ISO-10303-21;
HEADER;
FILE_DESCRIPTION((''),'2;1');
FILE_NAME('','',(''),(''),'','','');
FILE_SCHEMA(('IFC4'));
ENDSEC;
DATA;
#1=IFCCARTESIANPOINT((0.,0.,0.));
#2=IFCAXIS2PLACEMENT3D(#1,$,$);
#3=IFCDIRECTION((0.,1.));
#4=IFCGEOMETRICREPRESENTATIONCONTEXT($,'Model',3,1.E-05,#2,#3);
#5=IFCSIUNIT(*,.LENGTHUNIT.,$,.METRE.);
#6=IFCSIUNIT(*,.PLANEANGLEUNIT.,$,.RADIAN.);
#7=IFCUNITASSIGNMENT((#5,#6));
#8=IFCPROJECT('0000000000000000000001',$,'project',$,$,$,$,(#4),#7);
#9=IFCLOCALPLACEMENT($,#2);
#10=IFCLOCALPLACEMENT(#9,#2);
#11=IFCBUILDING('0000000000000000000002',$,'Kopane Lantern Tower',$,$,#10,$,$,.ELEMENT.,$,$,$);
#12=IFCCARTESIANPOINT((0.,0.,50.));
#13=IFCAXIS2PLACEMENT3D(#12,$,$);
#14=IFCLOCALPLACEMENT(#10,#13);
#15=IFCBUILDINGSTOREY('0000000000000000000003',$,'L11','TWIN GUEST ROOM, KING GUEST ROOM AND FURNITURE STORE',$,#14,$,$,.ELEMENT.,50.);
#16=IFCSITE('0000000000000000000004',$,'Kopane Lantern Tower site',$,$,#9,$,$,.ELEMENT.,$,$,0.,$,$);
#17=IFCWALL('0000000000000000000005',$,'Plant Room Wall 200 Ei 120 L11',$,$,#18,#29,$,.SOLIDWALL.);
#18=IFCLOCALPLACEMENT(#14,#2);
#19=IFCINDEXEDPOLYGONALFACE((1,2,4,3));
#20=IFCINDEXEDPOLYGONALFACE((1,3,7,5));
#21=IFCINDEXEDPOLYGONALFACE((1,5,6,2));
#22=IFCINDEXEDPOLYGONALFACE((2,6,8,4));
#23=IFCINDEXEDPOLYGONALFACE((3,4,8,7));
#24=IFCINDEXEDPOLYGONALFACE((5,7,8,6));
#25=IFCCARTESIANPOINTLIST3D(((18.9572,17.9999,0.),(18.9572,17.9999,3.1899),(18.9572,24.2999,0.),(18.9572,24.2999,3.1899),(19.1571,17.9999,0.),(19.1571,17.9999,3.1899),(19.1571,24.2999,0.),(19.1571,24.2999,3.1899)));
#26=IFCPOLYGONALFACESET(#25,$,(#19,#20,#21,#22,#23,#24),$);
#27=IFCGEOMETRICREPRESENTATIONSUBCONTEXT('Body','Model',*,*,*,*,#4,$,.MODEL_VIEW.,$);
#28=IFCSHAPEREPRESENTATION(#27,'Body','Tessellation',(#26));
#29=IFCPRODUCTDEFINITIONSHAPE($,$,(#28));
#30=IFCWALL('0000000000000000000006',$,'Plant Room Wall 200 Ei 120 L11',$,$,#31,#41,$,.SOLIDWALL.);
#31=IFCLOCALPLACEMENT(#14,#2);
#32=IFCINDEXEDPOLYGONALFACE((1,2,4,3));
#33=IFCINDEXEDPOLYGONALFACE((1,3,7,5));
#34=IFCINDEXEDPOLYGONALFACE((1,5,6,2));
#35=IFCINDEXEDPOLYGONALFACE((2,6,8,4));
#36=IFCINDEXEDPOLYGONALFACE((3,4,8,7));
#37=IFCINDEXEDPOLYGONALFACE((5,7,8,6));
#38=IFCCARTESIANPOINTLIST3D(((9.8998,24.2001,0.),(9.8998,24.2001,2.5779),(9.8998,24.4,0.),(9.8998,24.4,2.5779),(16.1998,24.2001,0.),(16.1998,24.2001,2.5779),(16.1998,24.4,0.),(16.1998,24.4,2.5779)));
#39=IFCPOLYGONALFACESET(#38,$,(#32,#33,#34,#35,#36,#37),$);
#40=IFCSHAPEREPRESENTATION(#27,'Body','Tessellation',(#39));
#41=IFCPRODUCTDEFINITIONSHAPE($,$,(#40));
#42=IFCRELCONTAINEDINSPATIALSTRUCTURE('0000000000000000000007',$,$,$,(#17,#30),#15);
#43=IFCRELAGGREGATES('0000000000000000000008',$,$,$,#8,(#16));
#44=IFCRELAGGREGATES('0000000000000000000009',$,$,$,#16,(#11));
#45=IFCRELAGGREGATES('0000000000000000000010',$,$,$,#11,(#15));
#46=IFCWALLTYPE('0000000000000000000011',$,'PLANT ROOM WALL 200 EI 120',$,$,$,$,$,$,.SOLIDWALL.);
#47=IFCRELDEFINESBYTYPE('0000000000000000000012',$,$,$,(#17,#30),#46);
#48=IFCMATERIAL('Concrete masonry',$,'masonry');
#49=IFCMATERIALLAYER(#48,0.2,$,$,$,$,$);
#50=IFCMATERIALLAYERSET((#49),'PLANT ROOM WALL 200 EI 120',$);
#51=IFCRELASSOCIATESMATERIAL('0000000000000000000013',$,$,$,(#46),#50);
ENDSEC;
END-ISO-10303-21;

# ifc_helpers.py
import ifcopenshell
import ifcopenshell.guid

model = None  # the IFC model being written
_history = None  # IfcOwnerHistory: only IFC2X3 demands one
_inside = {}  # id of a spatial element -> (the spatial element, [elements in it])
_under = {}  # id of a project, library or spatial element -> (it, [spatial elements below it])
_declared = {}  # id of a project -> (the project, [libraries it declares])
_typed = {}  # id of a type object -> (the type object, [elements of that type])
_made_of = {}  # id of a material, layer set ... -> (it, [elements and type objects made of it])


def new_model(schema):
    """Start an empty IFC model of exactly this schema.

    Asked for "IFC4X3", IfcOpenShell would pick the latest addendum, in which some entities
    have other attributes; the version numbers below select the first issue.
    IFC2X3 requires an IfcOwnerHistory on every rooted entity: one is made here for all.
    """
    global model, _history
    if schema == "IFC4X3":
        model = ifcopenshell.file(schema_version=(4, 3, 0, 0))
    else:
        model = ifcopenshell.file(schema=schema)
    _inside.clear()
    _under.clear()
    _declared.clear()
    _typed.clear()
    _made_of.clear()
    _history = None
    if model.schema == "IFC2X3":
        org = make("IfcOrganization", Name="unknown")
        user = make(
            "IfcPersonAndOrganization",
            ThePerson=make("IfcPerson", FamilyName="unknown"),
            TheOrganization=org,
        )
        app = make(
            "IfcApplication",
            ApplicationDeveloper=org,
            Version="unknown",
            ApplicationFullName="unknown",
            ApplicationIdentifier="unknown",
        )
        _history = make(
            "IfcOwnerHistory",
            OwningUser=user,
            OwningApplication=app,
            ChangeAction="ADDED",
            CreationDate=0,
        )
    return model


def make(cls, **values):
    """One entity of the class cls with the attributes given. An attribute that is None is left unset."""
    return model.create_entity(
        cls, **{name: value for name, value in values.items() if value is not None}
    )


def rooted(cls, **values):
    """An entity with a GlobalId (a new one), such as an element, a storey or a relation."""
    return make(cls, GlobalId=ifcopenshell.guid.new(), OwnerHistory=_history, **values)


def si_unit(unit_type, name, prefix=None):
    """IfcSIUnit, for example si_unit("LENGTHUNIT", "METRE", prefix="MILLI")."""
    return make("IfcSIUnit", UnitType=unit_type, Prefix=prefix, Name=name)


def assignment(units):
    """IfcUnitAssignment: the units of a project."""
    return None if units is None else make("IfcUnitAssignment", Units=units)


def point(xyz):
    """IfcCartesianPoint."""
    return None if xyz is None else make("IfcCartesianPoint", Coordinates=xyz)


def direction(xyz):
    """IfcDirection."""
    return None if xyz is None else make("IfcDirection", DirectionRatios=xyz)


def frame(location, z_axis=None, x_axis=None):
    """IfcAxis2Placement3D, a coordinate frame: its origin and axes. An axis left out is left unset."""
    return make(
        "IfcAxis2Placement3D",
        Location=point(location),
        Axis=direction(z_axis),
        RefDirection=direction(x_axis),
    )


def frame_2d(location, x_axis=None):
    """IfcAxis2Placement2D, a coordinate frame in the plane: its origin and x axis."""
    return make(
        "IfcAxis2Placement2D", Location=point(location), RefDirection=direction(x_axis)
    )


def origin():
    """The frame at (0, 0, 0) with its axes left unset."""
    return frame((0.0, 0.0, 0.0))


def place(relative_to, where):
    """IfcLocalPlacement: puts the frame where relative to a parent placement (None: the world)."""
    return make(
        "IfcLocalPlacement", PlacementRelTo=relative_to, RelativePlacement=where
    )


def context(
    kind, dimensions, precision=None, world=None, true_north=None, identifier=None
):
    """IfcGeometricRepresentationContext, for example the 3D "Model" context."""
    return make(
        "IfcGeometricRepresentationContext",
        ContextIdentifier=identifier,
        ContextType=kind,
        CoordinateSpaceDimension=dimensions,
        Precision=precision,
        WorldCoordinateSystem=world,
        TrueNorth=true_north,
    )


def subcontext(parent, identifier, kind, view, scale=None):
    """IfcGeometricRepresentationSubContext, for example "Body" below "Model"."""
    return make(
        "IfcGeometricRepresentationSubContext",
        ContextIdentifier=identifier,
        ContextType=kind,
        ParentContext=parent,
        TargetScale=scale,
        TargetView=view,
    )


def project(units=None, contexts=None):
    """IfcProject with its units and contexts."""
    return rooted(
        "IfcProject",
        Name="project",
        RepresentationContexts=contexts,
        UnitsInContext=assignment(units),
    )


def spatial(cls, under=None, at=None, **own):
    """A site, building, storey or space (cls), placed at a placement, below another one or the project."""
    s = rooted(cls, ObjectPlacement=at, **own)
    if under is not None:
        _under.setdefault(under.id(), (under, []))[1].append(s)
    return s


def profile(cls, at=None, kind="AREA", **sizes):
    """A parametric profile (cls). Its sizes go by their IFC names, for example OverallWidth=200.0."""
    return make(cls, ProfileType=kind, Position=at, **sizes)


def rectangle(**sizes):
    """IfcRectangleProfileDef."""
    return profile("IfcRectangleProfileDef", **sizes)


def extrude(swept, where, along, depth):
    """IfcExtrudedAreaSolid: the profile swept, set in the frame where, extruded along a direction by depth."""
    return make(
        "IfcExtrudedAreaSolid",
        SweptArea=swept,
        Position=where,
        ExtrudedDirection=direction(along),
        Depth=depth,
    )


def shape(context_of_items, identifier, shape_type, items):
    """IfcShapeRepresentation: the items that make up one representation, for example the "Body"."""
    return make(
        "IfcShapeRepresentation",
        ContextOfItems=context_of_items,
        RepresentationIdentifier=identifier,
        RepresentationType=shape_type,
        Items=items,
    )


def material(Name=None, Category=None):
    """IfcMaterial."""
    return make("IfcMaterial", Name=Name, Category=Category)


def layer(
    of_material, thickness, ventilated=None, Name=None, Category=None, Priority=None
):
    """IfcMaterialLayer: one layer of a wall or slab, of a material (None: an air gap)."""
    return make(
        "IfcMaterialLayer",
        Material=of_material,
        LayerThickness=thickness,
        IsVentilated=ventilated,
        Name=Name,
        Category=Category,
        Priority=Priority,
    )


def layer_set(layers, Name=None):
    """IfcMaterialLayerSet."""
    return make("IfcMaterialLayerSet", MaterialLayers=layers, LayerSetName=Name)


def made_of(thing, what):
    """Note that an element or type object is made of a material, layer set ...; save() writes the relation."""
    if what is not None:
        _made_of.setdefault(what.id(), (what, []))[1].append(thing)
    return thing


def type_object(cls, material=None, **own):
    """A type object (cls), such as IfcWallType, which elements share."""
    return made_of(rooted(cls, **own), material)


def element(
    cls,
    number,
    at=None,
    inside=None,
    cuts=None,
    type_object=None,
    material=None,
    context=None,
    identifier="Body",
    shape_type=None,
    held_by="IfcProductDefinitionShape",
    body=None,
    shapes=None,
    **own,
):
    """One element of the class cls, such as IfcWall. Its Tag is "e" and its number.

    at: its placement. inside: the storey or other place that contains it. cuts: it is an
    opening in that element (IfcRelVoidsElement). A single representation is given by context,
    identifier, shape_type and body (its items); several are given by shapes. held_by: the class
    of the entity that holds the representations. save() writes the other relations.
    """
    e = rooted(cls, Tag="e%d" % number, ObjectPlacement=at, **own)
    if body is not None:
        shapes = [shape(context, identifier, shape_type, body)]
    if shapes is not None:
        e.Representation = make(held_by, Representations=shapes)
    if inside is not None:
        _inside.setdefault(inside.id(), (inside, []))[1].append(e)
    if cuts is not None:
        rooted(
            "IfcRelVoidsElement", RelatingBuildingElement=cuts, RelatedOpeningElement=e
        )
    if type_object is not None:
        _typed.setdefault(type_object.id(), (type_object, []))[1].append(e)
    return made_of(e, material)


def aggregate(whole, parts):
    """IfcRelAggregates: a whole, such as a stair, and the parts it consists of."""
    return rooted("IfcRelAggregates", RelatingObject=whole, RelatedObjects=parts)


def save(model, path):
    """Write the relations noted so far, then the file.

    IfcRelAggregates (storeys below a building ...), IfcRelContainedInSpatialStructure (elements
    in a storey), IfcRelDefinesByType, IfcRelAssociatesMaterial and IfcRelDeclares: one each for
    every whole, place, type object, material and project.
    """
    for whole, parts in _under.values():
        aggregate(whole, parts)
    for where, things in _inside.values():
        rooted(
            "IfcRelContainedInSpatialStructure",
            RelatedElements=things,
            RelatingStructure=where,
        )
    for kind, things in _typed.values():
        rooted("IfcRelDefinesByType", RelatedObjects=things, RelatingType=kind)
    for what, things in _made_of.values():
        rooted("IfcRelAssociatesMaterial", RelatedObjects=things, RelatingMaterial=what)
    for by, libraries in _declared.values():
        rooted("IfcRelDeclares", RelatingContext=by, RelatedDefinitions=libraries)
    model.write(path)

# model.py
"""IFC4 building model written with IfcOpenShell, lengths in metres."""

from ifc_helpers import new_model, si_unit, direction, frame, frame_2d, origin, place, context, subcontext, project, spatial, rectangle, extrude, material, layer, layer_set, type_object, element, save


model = new_model("IFC4")

# Units and contexts
model_context = context("Model", 3, precision=1e-05, world=origin(), true_north=direction((0.0, 1.0)))
body_context = subcontext(model_context, "Body", "Model", "MODEL_VIEW")
ifc_project = project(units=[si_unit("LENGTHUNIT", "METRE"), si_unit("PLANEANGLEUNIT", "RADIAN")], contexts=[model_context])

# Site, building, storey
site_placement = place(None, origin())
site = spatial("IfcSite", under=ifc_project, at=site_placement, Name="Kopane Lantern Tower site", CompositionType="ELEMENT", RefElevation=0.0)
building_placement = place(site_placement, origin())
building = spatial("IfcBuilding", under=site, at=building_placement, Name="Kopane Lantern Tower", CompositionType="ELEMENT")
storey_placement = place(building_placement, frame((0.0, 0.0, 50.0)))
storey = spatial("IfcBuildingStorey", under=building, at=storey_placement, Name="L11", Description="TWIN GUEST ROOM, KING GUEST ROOM AND FURNITURE STORE", CompositionType="ELEMENT", Elevation=50.0)

# Walls
ifc_material_1 = material(Name="Concrete masonry", Category="masonry")
ifc_layer_1 = layer(ifc_material_1, 0.2)
ifc_layer_set_1 = layer_set([ifc_layer_1], Name="PLANT ROOM WALL 200 EI 120")
wall_type_1 = type_object("IfcWallType", Name="PLANT ROOM WALL 200 EI 120", PredefinedType="SOLIDWALL", material=ifc_layer_set_1)
for number, where, z_axis, x_axis, name in (
    (1, (19.0571, 18.0, 0.0), (0.0, 0.0, 1.0), (0.0, 1.0, 0.0), "Plant Room Wall 200 Ei 120 L11"),
):
    element("IfcWall", number, at=place(storey_placement, frame(where, z_axis=z_axis, x_axis=x_axis)), inside=storey, type_object=wall_type_1, Name=name, PredefinedType="SOLIDWALL", context=body_context, shape_type="SweptSolid", body=[
        extrude(rectangle(XDim=6.3, YDim=0.2, at=frame_2d((3.1499, 0.0))), origin(), (0.0, 0.0, 1.0), 3.1899),
    ])
wall_1_placement = place(storey_placement, frame((9.8999, 24.3, 0.0), z_axis=(0.0, 0.0, 1.0), x_axis=(1.0, 0.0, 0.0)))
element("IfcWall", 2, at=wall_1_placement, inside=storey, type_object=wall_type_1, Name="Plant Room Wall 200 Ei 120 L11", PredefinedType="SOLIDWALL", context=body_context, shape_type="SweptSolid", body=[
    extrude(rectangle(XDim=6.3, YDim=0.2, at=frame_2d((3.1499, 0.0))), origin(), (0.0, 0.0, 1.0), 2.5779),
])

save(model, "model.ifc")
